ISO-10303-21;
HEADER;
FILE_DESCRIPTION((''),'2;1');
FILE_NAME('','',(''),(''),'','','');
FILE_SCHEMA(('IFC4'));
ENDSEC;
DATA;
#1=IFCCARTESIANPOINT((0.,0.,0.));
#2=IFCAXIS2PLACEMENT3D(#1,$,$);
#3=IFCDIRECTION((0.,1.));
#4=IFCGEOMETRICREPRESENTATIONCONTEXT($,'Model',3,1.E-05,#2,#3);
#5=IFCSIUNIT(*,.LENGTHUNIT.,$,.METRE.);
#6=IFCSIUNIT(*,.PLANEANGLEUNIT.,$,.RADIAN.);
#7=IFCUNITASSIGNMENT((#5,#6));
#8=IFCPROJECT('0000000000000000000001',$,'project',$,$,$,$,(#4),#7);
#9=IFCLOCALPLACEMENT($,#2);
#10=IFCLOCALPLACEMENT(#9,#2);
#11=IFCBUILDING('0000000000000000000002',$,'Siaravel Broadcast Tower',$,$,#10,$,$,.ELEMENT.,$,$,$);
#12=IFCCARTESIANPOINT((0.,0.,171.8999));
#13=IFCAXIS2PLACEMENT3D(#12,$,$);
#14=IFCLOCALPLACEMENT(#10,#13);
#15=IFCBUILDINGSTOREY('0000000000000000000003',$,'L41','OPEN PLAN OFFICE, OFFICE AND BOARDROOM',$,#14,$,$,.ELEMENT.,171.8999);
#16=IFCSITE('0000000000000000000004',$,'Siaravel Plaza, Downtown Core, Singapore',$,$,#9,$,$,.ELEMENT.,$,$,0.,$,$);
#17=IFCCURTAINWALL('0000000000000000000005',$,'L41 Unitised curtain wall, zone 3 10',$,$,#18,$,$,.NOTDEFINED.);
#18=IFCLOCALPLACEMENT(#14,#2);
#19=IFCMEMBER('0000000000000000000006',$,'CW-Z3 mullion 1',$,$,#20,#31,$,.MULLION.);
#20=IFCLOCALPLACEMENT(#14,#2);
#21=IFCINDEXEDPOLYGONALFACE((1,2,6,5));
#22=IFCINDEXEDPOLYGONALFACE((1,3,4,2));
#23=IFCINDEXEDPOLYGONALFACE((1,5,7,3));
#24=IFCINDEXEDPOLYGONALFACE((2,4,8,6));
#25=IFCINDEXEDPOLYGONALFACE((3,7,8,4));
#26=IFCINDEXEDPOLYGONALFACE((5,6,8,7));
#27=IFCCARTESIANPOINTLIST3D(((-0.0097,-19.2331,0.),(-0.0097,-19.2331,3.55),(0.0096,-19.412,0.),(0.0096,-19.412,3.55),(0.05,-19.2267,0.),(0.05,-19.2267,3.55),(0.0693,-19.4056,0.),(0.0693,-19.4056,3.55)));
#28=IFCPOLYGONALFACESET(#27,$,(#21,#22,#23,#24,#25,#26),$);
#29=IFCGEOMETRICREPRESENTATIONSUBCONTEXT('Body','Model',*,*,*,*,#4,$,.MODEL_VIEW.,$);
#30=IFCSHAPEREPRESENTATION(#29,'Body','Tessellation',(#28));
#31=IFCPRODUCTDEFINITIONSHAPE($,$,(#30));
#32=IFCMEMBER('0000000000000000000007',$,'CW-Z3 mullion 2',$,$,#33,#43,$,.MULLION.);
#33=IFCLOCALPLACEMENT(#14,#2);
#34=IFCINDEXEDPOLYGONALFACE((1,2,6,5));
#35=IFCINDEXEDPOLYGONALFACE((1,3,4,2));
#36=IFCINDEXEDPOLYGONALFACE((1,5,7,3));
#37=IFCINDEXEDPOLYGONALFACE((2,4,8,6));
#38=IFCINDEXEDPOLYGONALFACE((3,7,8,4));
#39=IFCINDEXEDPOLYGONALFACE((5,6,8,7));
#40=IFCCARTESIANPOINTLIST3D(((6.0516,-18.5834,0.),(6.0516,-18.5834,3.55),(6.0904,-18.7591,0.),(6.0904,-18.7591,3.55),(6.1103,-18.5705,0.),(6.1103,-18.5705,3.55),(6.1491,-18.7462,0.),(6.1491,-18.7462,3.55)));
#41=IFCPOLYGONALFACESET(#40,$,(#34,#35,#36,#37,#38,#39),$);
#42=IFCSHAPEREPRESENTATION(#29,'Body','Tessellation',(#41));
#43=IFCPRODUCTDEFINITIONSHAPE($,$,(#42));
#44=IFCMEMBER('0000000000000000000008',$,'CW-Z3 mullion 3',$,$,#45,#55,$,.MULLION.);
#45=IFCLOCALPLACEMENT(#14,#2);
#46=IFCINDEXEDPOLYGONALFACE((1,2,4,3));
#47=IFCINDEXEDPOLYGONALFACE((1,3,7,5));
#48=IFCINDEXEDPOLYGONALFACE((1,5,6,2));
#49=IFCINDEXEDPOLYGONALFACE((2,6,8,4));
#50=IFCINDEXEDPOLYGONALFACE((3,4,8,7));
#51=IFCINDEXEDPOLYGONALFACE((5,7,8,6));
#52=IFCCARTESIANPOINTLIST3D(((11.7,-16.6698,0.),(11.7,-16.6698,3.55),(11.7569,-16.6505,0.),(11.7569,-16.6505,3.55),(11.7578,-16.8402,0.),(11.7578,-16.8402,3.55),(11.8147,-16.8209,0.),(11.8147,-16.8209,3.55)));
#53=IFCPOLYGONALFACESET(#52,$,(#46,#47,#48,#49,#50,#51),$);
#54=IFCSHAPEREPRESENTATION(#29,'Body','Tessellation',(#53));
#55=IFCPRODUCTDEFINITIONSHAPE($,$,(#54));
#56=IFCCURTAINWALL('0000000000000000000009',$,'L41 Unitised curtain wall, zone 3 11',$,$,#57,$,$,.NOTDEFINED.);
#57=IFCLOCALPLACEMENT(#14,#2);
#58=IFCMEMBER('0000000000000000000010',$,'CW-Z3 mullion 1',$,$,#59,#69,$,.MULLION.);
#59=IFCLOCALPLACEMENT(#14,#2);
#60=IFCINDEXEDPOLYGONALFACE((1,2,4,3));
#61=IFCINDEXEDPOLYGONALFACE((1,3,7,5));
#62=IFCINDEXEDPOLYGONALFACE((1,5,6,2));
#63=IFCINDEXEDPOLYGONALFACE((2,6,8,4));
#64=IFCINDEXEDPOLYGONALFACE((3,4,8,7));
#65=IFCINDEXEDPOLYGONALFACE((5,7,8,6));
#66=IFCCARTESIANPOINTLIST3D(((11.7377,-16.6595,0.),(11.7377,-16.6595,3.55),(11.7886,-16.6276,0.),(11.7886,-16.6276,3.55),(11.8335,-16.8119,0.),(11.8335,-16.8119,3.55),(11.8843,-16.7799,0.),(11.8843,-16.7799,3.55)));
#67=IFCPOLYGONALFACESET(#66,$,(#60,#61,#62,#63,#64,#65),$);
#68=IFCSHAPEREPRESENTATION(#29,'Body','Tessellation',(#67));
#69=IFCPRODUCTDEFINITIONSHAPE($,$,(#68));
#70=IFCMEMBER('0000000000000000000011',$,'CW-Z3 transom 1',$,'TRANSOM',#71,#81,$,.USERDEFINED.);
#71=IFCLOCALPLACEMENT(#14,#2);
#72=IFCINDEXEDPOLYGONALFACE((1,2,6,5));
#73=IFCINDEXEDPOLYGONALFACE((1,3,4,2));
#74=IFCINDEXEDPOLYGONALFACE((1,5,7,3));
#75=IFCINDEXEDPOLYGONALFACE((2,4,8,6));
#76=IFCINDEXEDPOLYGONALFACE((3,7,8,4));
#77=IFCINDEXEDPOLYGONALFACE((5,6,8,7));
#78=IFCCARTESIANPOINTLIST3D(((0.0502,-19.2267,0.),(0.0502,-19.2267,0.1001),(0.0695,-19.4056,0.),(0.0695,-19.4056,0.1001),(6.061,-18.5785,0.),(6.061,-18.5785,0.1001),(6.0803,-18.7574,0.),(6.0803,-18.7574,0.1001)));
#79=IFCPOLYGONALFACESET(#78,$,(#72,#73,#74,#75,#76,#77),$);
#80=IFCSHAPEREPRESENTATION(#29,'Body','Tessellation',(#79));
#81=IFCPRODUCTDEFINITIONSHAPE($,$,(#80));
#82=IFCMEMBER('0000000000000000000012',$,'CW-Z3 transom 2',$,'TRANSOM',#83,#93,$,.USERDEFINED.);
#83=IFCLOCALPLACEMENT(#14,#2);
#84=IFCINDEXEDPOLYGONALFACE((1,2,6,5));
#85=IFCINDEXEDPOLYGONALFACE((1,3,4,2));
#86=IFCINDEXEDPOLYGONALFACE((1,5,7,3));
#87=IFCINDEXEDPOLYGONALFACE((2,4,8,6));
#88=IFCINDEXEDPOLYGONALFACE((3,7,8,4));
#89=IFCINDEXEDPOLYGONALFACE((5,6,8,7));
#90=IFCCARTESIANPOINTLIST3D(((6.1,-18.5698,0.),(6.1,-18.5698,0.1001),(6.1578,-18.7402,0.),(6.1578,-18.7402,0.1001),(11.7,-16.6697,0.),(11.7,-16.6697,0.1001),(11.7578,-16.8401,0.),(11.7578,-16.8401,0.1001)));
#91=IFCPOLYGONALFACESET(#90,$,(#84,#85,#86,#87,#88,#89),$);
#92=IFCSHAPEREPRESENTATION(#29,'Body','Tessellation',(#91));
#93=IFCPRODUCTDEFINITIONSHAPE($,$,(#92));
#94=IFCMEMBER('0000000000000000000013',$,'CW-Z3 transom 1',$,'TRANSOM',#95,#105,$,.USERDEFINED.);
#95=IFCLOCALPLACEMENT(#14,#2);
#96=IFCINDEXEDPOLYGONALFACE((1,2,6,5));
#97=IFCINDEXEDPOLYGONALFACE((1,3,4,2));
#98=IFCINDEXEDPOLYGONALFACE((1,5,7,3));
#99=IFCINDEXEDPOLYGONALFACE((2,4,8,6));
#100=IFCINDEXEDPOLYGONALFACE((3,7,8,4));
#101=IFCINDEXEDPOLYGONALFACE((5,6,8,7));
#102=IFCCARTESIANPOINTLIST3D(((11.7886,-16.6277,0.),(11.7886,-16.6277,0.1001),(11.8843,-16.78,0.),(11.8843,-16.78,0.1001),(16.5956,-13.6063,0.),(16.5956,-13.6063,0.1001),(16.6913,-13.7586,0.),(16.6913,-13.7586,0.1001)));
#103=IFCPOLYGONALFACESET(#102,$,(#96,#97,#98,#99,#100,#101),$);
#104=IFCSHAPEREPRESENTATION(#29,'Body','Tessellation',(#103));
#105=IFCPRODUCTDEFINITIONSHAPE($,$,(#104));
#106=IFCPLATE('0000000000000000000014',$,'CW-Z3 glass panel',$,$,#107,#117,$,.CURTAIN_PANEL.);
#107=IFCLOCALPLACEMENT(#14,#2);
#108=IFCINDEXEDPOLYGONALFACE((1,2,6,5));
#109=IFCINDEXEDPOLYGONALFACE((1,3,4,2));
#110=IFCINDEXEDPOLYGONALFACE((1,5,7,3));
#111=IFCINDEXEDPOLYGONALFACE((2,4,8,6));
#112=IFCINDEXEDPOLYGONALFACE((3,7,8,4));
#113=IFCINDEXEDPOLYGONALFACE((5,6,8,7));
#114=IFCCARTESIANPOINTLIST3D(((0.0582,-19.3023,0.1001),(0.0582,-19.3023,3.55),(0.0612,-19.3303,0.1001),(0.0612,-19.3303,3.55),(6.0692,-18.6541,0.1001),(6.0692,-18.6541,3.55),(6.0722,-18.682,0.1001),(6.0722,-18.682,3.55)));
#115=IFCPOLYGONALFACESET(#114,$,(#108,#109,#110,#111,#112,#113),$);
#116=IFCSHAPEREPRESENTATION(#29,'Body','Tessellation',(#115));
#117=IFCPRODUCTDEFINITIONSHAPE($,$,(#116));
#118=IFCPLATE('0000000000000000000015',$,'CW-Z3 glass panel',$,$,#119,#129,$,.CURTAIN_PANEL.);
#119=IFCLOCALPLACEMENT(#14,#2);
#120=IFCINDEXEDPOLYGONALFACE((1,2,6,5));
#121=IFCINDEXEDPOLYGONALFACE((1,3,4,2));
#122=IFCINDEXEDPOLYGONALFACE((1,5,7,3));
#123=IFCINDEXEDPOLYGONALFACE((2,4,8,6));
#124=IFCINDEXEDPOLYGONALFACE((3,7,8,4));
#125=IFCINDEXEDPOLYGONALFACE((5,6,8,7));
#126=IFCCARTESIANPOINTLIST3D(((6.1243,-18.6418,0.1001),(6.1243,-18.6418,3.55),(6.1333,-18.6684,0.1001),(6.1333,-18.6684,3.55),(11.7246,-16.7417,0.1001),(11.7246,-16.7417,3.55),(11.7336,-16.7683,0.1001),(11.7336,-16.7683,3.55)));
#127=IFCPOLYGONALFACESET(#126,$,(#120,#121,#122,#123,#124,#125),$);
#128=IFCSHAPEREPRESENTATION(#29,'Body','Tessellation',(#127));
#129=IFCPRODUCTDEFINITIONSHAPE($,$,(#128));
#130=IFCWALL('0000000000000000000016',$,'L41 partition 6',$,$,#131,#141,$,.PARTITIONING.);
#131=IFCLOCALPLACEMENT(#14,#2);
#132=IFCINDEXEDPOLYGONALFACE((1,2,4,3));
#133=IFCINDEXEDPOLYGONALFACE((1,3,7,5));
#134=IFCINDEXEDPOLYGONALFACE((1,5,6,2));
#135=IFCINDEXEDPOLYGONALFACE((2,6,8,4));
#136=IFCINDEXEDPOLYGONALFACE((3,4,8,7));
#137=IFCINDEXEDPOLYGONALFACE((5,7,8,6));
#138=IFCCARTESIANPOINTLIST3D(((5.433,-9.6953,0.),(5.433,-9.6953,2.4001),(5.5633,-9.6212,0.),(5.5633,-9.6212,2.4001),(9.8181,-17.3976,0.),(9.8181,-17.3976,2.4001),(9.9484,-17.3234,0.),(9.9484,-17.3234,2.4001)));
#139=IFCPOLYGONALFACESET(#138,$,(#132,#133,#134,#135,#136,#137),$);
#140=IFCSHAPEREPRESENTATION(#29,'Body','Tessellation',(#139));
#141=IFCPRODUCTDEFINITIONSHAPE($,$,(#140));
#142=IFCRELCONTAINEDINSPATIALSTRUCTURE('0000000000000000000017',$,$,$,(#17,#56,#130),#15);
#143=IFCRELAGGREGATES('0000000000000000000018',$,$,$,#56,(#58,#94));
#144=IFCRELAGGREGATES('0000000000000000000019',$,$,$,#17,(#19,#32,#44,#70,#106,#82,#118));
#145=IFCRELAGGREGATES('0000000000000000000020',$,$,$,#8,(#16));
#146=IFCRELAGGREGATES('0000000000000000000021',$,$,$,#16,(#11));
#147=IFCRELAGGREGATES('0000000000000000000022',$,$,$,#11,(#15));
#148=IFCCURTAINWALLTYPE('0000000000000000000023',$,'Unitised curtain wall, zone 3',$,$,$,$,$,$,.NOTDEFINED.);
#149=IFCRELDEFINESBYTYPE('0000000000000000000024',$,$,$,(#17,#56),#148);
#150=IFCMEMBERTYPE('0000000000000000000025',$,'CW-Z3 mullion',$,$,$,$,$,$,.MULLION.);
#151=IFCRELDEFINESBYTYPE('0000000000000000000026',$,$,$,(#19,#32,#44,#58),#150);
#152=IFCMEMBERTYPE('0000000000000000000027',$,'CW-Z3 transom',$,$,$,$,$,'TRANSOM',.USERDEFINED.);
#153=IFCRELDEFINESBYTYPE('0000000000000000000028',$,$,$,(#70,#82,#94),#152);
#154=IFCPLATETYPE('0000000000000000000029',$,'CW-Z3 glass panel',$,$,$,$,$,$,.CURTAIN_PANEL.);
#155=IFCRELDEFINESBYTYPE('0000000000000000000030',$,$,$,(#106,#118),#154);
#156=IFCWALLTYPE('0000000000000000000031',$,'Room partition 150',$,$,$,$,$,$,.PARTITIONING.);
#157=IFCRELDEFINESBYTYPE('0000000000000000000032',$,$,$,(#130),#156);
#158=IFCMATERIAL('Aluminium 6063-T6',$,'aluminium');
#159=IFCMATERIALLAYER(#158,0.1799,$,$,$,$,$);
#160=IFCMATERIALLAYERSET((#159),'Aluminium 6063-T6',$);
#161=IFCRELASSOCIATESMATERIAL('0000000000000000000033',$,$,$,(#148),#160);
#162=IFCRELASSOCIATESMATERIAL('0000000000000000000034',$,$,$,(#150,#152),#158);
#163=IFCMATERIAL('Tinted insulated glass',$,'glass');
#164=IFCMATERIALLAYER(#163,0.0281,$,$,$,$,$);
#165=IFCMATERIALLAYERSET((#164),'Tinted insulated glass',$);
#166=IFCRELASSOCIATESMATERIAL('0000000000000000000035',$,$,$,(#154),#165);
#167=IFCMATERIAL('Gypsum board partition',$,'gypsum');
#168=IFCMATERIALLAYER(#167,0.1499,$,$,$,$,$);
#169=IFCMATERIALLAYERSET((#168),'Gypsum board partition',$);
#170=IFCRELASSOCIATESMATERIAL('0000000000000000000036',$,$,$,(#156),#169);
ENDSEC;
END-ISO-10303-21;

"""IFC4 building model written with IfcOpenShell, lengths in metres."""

from ifc_helpers import new_model, si_unit, direction, frame, frame_2d, origin, origin_2d, place, context, subcontext, project, spatial, rectangle, extrude, material, layer, layer_set, material_profile, profile_set, type_object, element, aggregate, save


model = new_model("IFC4")

# Units and contexts
model_context = context("Model", 3, precision=1e-05, world=origin(), true_north=direction((0.0, 1.0)))
body_context = subcontext(model_context, "Body", "Model", "MODEL_VIEW")
ifc_project = project(units=[si_unit("LENGTHUNIT", "METRE"), si_unit("PLANEANGLEUNIT", "RADIAN")], contexts=[model_context])

# Site, building, storey
site_placement = place(None, origin())
site = spatial("IfcSite", under=ifc_project, at=site_placement, Name="Siaravel Plaza, Downtown Core, Singapore", CompositionType="ELEMENT", RefElevation=0.0)
building_placement = place(site_placement, origin())
building = spatial("IfcBuilding", under=site, at=building_placement, Name="Siaravel Broadcast Tower", CompositionType="ELEMENT")
storey_placement = place(building_placement, frame((0.0, 0.0, 171.8999)))
storey = spatial("IfcBuildingStorey", under=building, at=storey_placement, Name="L41", Description="OPEN PLAN OFFICE, OFFICE AND BOARDROOM", CompositionType="ELEMENT", Elevation=171.8999)

# Curtain wall, members
ifc_material_1 = material(Name="Aluminium 6063-T6", Category="aluminium")
ifc_layer_1 = layer(ifc_material_1, 0.1799)
ifc_layer_set_1 = layer_set([ifc_layer_1], Name="Aluminium 6063-T6")
curtain_wall_type = type_object("IfcCurtainWallType", Name="Unitised curtain wall, zone 3", PredefinedType="NOTDEFINED", material=ifc_layer_set_1)
curtain_wall_1_placement = place(storey_placement, origin())
curtain_wall_1 = element("IfcCurtainWall", 1, at=curtain_wall_1_placement, inside=storey, type_object=curtain_wall_type, Name="L41 Unitised curtain wall, zone 3 10", PredefinedType="NOTDEFINED")
ifc_material_profile_1 = material_profile(ifc_material_1, rectangle(XDim=0.1799, YDim=0.0601, at=origin_2d()))
ifc_profile_set_1 = profile_set([ifc_material_profile_1], Name="Aluminium 6063-T6")
member_type_1 = type_object("IfcMemberType", Name="CW-Z3 mullion", PredefinedType="MULLION", material=ifc_profile_set_1)
member_1_placement = place(storey_placement, frame((0.0298, -19.3193, 0.0), z_axis=(0.0, 0.0, 1.0), x_axis=(-0.107217, 0.994236, 0.0)))
member_1 = element("IfcMember", 2, at=member_1_placement, type_object=member_type_1, Name="CW-Z3 mullion 1", PredefinedType="MULLION", context=body_context, shape_type="SweptSolid", body=[
    extrude(rectangle(XDim=0.1799, YDim=0.0601, at=origin_2d()), origin(), (0.0, 0.0, 1.0), 3.55),
])
member_2_placement = place(storey_placement, frame((6.1003, -18.6648, 0.0), z_axis=(0.0, 0.0, 1.0), x_axis=(-0.215558, 0.976491, 0.0)))
member_2 = element("IfcMember", 3, at=member_2_placement, type_object=member_type_1, Name="CW-Z3 mullion 2", PredefinedType="MULLION", context=body_context, shape_type="SweptSolid", body=[
    extrude(rectangle(XDim=0.1799, YDim=0.0601, at=origin_2d()), origin(), (0.0, 0.0, 1.0), 3.55),
])
member_3_placement = place(storey_placement, frame((11.7573, -16.7454, 0.0), z_axis=(0.0, 0.0, 1.0), x_axis=(-0.3213, 0.946977, 0.0)))
member_3 = element("IfcMember", 4, at=member_3_placement, type_object=member_type_1, Name="CW-Z3 mullion 3", PredefinedType="MULLION", context=body_context, shape_type="SweptSolid", body=[
    extrude(rectangle(XDim=0.1799, YDim=0.0601, at=origin_2d()), origin(), (0.0, 0.0, 1.0), 3.55),
])

# Curtain wall, member
curtain_wall_2_placement = place(storey_placement, origin())
curtain_wall_2 = element("IfcCurtainWall", 5, at=curtain_wall_2_placement, inside=storey, type_object=curtain_wall_type, Name="L41 Unitised curtain wall, zone 3 11", PredefinedType="NOTDEFINED")
member_4_placement = place(storey_placement, frame((11.811, -16.7197, 0.0), z_axis=(0.0, 0.0, 1.0), x_axis=(-0.532149, 0.846651, 0.0)))
member_4 = element("IfcMember", 6, at=member_4_placement, type_object=member_type_1, Name="CW-Z3 mullion 1", PredefinedType="MULLION", context=body_context, shape_type="SweptSolid", body=[
    extrude(rectangle(XDim=0.1799, YDim=0.0601, at=origin_2d()), origin(), (0.0, 0.0, 1.0), 3.55),
])

# Members
ifc_material_profile_2 = material_profile(ifc_material_1, rectangle(XDim=0.1799, YDim=0.1001, at=origin_2d()))
ifc_profile_set_2 = profile_set([ifc_material_profile_2], Name="Aluminium 6063-T6")
member_type_2 = type_object("IfcMemberType", Name="CW-Z3 transom", ElementType="TRANSOM", PredefinedType="USERDEFINED", material=ifc_profile_set_2)
member_5_placement = place(storey_placement, frame((0.0598, -19.3162, 0.05), z_axis=(0.994236, 0.107218, 0.0), x_axis=(-0.107218, 0.994236, 0.0)))
member_5 = element("IfcMember", 7, at=member_5_placement, type_object=member_type_2, Name="CW-Z3 transom 1", ObjectType="TRANSOM", PredefinedType="USERDEFINED", context=body_context, shape_type="SweptSolid", body=[
    extrude(rectangle(XDim=0.1799, YDim=0.1001, at=origin_2d()), origin(), (0.0, 0.0, 1.0), 6.0457),
])
member_6_placement = place(storey_placement, frame((6.1289, -18.655, 0.05), z_axis=(0.946973, 0.321314, 0.0), x_axis=(-0.321314, 0.946973, 0.0)))
member_6 = element("IfcMember", 8, at=member_6_placement, type_object=member_type_2, Name="CW-Z3 transom 2", ObjectType="TRANSOM", PredefinedType="USERDEFINED", context=body_context, shape_type="SweptSolid", body=[
    extrude(rectangle(XDim=0.1799, YDim=0.1001, at=origin_2d()), origin(), (0.0, 0.0, 1.0), 5.9136),
])
member_7_placement = place(storey_placement, frame((11.8364, -16.7039, 0.05), z_axis=(0.846648, 0.532154, 0.0), x_axis=(-0.532154, 0.846648, 0.0)))
member_7 = element("IfcMember", 9, at=member_7_placement, type_object=member_type_2, Name="CW-Z3 transom 1", ObjectType="TRANSOM", PredefinedType="USERDEFINED", context=body_context, shape_type="SweptSolid", body=[
    extrude(rectangle(XDim=0.1799, YDim=0.1001, at=origin_2d()), origin(), (0.0, 0.0, 1.0), 5.6777),
])
aggregate(curtain_wall_2, [member_4, member_7])

# Plates
ifc_material_2 = material(Name="Tinted insulated glass", Category="glass")
ifc_layer_2 = layer(ifc_material_2, 0.0281)
ifc_layer_set_2 = layer_set([ifc_layer_2], Name="Tinted insulated glass")
plate_type = type_object("IfcPlateType", Name="CW-Z3 glass panel", PredefinedType="CURTAIN_PANEL", material=ifc_layer_set_2)
plate_1_placement = place(storey_placement, frame((3.0652, -18.9922, 0.1001), z_axis=(0.0, 0.0, 1.0), x_axis=(0.994236, 0.107217, 0.0)))
plate_1 = element("IfcPlate", 10, at=plate_1_placement, type_object=plate_type, Name="CW-Z3 glass panel", PredefinedType="CURTAIN_PANEL", context=body_context, shape_type="SweptSolid", body=[
    extrude(rectangle(XDim=6.0459, YDim=0.0281, at=origin_2d()), origin(), (0.0, 0.0, 1.0), 3.45),
])
plate_2_placement = place(storey_placement, frame((8.929, -17.7051, 0.1001), z_axis=(0.0, 0.0, 1.0), x_axis=(0.946977, 0.3213, 0.0)))
plate_2 = element("IfcPlate", 11, at=plate_2_placement, type_object=plate_type, Name="CW-Z3 glass panel", PredefinedType="CURTAIN_PANEL", context=body_context, shape_type="SweptSolid", body=[
    extrude(rectangle(XDim=5.9138, YDim=0.0281, at=origin_2d()), origin(), (0.0, 0.0, 1.0), 3.45),
])
aggregate(curtain_wall_1, [member_1, member_2, member_3, member_5, plate_1, member_6, plate_2])

# Wall
ifc_material_3 = material(Name="Gypsum board partition", Category="gypsum")
ifc_layer_3 = layer(ifc_material_3, 0.1499)
ifc_layer_set_3 = layer_set([ifc_layer_3], Name="Gypsum board partition")
wall_type = type_object("IfcWallType", Name="Room partition 150", PredefinedType="PARTITIONING", material=ifc_layer_set_3)
wall_placement = place(storey_placement, frame((9.8833, -17.3606, 0.0), z_axis=(0.0, 0.0, 1.0), x_axis=(-0.494759, 0.86903, 0.0)))
element("IfcWall", 12, at=wall_placement, inside=storey, type_object=wall_type, Name="L41 partition 6", PredefinedType="PARTITIONING", context=body_context, shape_type="SweptSolid", body=[
    extrude(rectangle(XDim=8.863, YDim=0.1499, at=frame_2d((4.4316, 0.0))), origin(), (0.0, 0.0, 1.0), 2.4001),
])

save(model, "model.ifc")
